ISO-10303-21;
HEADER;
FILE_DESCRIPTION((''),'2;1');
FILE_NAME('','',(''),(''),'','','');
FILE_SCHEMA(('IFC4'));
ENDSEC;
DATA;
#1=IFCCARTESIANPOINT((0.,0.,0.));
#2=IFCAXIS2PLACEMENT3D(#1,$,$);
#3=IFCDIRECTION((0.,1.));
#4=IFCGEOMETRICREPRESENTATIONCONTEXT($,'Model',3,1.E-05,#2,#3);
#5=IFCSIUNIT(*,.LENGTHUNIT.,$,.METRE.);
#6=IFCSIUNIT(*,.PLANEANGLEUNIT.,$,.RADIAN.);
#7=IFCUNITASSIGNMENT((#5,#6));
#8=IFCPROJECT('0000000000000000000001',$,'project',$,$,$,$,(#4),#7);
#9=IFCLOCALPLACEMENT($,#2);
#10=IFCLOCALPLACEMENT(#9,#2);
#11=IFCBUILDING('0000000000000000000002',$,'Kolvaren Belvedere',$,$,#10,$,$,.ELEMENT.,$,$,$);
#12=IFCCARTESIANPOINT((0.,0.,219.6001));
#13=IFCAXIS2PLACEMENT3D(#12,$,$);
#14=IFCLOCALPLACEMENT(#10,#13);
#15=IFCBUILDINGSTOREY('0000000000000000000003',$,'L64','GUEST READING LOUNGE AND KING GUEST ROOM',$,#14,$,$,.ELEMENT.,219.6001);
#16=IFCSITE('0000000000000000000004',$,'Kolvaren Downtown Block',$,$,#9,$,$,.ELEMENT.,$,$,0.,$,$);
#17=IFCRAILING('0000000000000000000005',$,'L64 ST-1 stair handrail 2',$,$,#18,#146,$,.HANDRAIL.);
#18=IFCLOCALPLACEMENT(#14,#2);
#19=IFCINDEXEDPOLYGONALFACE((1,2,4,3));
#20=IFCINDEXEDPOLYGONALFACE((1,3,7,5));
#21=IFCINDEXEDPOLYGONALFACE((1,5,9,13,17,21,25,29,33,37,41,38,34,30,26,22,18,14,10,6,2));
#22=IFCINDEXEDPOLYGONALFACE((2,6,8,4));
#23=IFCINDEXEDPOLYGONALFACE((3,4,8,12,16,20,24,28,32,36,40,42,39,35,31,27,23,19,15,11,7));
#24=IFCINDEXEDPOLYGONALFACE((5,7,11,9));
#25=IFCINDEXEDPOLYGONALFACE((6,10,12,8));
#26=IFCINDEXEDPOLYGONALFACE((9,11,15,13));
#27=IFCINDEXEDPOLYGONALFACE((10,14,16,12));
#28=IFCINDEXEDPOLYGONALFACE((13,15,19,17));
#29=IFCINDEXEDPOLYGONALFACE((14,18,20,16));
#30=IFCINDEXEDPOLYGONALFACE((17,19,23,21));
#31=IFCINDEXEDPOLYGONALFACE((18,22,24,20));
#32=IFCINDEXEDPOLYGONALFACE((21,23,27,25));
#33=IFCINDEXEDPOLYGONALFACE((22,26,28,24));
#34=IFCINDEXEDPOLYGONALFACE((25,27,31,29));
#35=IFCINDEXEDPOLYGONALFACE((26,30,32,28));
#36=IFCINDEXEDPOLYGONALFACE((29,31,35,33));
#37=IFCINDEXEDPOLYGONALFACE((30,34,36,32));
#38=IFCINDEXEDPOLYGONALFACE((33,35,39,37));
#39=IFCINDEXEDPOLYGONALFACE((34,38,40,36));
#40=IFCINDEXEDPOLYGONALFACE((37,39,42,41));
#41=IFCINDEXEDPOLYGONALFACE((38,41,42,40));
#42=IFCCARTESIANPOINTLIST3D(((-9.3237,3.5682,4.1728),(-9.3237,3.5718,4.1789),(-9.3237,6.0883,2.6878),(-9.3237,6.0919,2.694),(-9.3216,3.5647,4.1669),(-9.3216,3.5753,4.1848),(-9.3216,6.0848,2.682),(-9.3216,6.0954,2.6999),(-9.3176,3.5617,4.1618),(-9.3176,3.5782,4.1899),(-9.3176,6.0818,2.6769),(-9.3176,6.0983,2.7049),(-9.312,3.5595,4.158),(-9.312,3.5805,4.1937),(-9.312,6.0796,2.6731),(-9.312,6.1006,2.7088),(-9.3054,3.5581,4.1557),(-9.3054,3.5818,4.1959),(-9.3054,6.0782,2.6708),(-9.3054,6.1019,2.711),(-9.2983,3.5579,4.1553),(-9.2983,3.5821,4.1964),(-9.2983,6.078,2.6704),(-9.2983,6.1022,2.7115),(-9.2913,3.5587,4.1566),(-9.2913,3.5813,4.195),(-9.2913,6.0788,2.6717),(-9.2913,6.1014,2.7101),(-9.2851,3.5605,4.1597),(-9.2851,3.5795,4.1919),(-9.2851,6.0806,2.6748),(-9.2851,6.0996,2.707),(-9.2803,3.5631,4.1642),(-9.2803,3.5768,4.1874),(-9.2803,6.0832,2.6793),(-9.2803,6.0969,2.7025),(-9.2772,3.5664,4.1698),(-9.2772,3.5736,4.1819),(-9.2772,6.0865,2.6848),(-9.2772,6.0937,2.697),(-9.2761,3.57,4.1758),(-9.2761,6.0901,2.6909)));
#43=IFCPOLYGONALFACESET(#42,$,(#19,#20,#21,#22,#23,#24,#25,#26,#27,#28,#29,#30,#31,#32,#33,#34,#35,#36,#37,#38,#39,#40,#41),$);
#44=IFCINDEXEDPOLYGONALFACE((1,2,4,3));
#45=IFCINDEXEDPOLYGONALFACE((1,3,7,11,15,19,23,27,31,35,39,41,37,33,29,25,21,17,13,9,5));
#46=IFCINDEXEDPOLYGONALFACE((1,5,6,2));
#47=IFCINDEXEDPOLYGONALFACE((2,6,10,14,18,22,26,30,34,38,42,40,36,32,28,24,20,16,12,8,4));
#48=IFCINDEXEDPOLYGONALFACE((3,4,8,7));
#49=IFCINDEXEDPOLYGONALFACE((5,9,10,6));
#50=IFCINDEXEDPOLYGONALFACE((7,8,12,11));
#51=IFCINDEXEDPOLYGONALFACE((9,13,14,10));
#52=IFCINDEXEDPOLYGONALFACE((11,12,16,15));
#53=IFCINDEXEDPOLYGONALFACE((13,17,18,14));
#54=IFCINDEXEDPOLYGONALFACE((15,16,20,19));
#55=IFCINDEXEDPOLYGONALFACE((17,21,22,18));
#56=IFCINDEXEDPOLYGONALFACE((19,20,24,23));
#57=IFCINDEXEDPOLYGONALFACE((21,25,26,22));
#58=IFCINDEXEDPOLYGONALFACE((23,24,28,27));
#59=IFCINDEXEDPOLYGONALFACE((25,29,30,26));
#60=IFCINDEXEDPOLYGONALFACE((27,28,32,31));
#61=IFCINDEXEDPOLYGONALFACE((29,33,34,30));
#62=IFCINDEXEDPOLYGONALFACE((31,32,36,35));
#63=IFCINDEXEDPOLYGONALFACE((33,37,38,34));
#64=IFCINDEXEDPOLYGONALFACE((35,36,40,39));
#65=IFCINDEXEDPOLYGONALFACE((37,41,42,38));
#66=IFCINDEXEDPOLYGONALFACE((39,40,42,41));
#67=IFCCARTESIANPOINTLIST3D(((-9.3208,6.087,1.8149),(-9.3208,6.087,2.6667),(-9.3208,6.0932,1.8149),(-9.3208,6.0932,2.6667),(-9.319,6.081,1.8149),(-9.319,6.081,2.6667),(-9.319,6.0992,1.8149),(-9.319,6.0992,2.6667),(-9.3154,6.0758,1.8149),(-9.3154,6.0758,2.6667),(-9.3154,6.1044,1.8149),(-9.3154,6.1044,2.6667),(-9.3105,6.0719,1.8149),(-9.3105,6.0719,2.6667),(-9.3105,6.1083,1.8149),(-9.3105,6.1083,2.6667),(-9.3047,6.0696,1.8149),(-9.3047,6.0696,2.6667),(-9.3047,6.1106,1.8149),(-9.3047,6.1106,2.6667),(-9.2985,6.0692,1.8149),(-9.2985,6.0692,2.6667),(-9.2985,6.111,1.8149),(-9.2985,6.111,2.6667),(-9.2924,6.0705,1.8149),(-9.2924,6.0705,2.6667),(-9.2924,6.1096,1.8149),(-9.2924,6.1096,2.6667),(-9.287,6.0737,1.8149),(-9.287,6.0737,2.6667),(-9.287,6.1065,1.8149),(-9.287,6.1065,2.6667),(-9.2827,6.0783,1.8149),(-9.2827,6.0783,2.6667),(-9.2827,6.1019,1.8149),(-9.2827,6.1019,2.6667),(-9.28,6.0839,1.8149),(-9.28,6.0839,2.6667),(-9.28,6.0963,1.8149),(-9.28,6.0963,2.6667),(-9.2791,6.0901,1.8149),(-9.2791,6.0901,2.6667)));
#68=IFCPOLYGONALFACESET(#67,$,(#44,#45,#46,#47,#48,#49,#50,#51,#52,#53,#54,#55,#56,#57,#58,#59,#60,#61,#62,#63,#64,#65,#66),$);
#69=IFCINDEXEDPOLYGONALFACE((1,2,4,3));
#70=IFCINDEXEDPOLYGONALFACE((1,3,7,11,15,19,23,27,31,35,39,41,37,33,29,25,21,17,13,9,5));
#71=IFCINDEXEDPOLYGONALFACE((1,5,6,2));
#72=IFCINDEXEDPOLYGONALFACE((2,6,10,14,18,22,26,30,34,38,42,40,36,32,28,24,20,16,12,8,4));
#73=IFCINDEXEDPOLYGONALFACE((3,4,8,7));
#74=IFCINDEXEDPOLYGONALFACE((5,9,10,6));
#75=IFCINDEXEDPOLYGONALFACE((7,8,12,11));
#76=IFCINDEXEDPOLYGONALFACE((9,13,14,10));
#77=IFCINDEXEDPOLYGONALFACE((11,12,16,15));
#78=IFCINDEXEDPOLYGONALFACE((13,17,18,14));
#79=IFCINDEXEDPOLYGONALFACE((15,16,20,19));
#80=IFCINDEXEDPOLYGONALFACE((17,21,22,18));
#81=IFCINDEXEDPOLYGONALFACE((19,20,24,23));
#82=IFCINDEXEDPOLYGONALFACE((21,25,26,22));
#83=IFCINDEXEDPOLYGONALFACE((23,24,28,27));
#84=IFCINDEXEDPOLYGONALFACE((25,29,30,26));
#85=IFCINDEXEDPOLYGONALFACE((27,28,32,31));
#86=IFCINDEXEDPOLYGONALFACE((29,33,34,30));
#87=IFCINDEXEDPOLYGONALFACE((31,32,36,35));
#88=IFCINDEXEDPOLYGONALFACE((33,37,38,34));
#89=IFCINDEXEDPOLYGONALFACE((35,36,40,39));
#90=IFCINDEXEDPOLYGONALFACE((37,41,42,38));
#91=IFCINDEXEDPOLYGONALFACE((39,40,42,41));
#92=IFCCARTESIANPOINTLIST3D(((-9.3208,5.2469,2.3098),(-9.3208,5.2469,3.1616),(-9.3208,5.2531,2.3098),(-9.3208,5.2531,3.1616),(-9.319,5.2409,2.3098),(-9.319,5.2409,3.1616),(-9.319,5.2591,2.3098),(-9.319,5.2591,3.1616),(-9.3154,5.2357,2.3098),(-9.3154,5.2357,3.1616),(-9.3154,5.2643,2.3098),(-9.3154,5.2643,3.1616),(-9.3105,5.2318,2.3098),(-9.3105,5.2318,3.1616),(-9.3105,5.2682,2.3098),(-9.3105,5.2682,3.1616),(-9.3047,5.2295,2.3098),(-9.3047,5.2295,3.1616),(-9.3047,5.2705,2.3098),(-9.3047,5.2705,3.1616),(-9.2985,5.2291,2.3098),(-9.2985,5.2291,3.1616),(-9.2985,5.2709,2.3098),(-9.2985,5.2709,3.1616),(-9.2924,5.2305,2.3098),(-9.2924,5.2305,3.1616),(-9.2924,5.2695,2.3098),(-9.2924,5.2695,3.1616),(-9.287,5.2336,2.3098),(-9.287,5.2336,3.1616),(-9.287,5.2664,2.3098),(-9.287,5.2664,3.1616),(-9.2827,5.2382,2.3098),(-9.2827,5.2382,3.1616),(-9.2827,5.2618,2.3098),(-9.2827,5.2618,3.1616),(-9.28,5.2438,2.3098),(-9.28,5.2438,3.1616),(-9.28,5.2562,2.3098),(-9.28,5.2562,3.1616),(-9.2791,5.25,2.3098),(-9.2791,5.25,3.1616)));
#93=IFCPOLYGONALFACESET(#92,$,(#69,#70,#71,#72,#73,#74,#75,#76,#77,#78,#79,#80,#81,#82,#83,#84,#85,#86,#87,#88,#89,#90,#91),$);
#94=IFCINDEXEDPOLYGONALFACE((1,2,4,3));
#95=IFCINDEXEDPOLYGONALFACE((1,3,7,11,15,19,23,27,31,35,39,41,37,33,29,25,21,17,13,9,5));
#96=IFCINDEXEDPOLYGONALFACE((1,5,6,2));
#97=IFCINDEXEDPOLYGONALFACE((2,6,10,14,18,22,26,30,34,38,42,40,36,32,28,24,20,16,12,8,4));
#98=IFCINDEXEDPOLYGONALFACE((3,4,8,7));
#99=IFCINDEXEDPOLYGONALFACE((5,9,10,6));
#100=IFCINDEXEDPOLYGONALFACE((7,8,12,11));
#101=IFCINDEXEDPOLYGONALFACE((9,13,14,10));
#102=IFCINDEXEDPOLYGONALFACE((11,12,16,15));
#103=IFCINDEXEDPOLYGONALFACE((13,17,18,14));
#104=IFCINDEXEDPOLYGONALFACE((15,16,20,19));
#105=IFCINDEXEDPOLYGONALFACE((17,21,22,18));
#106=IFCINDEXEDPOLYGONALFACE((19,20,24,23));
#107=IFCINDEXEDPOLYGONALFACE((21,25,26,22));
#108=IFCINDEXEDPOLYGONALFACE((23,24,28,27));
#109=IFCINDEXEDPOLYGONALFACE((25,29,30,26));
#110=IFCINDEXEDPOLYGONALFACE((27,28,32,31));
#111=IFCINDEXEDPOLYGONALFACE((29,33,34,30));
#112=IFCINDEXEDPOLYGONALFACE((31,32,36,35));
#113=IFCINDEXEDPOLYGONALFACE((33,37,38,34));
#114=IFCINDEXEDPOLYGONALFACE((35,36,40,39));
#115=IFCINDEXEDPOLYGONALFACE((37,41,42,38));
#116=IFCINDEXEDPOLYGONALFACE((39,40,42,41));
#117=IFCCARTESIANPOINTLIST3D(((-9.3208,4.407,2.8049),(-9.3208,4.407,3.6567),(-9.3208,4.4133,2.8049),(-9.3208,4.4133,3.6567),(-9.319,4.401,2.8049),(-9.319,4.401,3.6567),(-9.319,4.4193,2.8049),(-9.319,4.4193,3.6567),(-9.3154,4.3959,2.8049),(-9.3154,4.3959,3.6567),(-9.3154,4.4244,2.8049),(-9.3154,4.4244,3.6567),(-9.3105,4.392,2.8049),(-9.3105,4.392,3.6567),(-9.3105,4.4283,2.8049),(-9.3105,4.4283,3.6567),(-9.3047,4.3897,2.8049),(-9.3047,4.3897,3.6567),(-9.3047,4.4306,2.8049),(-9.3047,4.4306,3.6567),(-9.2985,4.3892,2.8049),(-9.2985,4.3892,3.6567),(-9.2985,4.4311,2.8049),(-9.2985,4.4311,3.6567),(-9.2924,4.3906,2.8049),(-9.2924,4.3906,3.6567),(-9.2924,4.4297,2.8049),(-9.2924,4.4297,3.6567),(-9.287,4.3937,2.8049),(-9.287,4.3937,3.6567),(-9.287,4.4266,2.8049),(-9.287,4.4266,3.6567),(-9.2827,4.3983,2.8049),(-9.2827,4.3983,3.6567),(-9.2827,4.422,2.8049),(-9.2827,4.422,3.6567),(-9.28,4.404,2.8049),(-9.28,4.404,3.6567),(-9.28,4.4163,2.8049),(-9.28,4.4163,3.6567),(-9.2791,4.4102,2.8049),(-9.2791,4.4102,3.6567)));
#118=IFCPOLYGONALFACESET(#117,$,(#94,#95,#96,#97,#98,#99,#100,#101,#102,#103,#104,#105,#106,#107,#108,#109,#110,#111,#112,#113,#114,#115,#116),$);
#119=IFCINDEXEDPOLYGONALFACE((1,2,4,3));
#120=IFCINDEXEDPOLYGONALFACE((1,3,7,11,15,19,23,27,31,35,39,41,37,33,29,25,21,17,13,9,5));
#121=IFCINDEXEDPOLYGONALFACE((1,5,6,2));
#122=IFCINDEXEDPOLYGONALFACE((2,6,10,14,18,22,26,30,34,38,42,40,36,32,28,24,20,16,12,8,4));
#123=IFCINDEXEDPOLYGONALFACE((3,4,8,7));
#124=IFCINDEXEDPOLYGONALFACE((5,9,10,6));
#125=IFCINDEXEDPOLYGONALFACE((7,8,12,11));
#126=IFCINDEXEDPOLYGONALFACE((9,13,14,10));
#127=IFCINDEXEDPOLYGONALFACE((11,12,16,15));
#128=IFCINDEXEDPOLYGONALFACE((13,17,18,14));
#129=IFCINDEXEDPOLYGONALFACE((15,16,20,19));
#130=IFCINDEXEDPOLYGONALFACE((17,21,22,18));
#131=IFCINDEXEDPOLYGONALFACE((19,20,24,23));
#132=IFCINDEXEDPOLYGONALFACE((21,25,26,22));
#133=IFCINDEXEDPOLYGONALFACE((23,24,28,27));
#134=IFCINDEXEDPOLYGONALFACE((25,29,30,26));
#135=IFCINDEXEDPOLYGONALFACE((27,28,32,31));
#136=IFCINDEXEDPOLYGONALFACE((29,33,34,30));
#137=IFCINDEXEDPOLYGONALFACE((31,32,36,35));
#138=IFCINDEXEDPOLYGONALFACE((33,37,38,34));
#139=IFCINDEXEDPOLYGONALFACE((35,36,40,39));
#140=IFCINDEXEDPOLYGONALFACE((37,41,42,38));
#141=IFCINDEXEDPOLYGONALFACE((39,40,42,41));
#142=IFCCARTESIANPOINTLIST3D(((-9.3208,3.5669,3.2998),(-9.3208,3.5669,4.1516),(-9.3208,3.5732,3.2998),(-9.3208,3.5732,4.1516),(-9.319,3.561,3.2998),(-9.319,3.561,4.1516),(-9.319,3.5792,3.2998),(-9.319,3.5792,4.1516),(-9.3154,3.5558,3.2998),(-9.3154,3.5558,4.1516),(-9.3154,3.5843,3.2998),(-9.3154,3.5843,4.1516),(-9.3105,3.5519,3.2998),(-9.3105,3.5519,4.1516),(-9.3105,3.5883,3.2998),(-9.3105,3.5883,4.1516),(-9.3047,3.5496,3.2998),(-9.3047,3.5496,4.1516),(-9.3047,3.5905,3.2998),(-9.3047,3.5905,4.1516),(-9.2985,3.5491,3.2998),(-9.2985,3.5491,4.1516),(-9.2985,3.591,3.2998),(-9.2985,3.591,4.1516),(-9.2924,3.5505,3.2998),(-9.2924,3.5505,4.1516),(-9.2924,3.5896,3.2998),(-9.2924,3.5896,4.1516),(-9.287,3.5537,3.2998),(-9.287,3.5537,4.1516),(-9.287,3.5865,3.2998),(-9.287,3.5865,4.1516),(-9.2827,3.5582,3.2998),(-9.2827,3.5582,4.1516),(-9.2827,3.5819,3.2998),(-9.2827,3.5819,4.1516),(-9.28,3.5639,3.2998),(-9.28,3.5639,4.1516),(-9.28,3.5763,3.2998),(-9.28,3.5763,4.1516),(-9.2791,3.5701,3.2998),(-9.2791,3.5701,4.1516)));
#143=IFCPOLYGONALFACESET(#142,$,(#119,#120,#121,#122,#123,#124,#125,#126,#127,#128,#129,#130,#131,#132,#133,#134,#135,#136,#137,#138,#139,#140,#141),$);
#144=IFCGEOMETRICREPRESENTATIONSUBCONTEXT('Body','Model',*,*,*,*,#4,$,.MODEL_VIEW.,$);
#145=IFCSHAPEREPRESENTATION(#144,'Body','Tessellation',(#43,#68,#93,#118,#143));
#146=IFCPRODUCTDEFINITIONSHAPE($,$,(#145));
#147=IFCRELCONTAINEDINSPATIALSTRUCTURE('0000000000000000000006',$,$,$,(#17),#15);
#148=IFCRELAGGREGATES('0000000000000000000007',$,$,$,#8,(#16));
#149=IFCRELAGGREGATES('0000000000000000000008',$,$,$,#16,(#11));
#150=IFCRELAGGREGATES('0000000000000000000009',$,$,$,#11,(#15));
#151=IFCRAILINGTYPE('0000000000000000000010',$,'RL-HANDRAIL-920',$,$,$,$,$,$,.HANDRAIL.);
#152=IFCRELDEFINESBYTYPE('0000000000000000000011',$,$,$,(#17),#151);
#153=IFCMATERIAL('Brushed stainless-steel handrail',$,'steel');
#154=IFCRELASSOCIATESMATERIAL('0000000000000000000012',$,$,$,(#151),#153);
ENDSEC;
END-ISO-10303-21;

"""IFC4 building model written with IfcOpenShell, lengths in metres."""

from ifc_helpers import new_model, si_unit, direction, frame, origin, origin_2d, place, context, subcontext, project, spatial, circle, extrude, material, type_object, element, save


model = new_model("IFC4")

# Units and contexts
model_context = context("Model", 3, precision=1e-05, world=origin(), true_north=direction((0.0, 1.0)))
body_context = subcontext(model_context, "Body", "Model", "MODEL_VIEW")
ifc_project = project(units=[si_unit("LENGTHUNIT", "METRE"), si_unit("PLANEANGLEUNIT", "RADIAN")], contexts=[model_context])

# Site, building, storey
site_placement = place(None, origin())
site = spatial("IfcSite", under=ifc_project, at=site_placement, Name="Kolvaren Downtown Block", CompositionType="ELEMENT", RefElevation=0.0)
building_placement = place(site_placement, origin())
building = spatial("IfcBuilding", under=site, at=building_placement, Name="Kolvaren Belvedere", CompositionType="ELEMENT")
storey_placement = place(building_placement, frame((0.0, 0.0, 219.6001)))
storey = spatial("IfcBuildingStorey", under=building, at=storey_placement, Name="L64", Description="GUEST READING LOUNGE AND KING GUEST ROOM", CompositionType="ELEMENT", Elevation=219.6001)

# Railing
ifc_material_1 = material(Name="Brushed stainless-steel handrail", Category="steel")
railing_type_1 = type_object("IfcRailingType", Name="RL-HANDRAIL-920", PredefinedType="HANDRAIL", material=ifc_material_1)
railing_1_placement = place(storey_placement, frame((-9.3, 6.0901, 1.8149)))
element("IfcRailing", 1, at=railing_1_placement, inside=storey, type_object=railing_type_1, Name="L64 ST-1 stair handrail 2", PredefinedType="HANDRAIL", context=body_context, shape_type="SweptSolid", body=[
    extrude(circle(Radius=0.0239, at=origin_2d()), frame((0.0, 0.0, 0.876), z_axis=(0.0, -0.861561, 0.507655), x_axis=(1.0, 0.0, 0.0)), (0.0, 0.0, 1.0), 2.925),
    extrude(circle(Radius=0.021, at=origin_2d()), origin(), (0.0, 0.0, 1.0), 0.8518),
    extrude(circle(Radius=0.021, at=origin_2d()), frame((0.0, -0.8401, 0.4949)), (0.0, 0.0, 1.0), 0.8518),
    extrude(circle(Radius=0.021, at=origin_2d()), frame((0.0, -1.6799, 0.99)), (0.0, 0.0, 1.0), 0.8518),
    extrude(circle(Radius=0.021, at=origin_2d()), frame((0.0, -2.52, 1.4849)), (0.0, 0.0, 1.0), 0.8518),
])

save(model, "model.ifc")
